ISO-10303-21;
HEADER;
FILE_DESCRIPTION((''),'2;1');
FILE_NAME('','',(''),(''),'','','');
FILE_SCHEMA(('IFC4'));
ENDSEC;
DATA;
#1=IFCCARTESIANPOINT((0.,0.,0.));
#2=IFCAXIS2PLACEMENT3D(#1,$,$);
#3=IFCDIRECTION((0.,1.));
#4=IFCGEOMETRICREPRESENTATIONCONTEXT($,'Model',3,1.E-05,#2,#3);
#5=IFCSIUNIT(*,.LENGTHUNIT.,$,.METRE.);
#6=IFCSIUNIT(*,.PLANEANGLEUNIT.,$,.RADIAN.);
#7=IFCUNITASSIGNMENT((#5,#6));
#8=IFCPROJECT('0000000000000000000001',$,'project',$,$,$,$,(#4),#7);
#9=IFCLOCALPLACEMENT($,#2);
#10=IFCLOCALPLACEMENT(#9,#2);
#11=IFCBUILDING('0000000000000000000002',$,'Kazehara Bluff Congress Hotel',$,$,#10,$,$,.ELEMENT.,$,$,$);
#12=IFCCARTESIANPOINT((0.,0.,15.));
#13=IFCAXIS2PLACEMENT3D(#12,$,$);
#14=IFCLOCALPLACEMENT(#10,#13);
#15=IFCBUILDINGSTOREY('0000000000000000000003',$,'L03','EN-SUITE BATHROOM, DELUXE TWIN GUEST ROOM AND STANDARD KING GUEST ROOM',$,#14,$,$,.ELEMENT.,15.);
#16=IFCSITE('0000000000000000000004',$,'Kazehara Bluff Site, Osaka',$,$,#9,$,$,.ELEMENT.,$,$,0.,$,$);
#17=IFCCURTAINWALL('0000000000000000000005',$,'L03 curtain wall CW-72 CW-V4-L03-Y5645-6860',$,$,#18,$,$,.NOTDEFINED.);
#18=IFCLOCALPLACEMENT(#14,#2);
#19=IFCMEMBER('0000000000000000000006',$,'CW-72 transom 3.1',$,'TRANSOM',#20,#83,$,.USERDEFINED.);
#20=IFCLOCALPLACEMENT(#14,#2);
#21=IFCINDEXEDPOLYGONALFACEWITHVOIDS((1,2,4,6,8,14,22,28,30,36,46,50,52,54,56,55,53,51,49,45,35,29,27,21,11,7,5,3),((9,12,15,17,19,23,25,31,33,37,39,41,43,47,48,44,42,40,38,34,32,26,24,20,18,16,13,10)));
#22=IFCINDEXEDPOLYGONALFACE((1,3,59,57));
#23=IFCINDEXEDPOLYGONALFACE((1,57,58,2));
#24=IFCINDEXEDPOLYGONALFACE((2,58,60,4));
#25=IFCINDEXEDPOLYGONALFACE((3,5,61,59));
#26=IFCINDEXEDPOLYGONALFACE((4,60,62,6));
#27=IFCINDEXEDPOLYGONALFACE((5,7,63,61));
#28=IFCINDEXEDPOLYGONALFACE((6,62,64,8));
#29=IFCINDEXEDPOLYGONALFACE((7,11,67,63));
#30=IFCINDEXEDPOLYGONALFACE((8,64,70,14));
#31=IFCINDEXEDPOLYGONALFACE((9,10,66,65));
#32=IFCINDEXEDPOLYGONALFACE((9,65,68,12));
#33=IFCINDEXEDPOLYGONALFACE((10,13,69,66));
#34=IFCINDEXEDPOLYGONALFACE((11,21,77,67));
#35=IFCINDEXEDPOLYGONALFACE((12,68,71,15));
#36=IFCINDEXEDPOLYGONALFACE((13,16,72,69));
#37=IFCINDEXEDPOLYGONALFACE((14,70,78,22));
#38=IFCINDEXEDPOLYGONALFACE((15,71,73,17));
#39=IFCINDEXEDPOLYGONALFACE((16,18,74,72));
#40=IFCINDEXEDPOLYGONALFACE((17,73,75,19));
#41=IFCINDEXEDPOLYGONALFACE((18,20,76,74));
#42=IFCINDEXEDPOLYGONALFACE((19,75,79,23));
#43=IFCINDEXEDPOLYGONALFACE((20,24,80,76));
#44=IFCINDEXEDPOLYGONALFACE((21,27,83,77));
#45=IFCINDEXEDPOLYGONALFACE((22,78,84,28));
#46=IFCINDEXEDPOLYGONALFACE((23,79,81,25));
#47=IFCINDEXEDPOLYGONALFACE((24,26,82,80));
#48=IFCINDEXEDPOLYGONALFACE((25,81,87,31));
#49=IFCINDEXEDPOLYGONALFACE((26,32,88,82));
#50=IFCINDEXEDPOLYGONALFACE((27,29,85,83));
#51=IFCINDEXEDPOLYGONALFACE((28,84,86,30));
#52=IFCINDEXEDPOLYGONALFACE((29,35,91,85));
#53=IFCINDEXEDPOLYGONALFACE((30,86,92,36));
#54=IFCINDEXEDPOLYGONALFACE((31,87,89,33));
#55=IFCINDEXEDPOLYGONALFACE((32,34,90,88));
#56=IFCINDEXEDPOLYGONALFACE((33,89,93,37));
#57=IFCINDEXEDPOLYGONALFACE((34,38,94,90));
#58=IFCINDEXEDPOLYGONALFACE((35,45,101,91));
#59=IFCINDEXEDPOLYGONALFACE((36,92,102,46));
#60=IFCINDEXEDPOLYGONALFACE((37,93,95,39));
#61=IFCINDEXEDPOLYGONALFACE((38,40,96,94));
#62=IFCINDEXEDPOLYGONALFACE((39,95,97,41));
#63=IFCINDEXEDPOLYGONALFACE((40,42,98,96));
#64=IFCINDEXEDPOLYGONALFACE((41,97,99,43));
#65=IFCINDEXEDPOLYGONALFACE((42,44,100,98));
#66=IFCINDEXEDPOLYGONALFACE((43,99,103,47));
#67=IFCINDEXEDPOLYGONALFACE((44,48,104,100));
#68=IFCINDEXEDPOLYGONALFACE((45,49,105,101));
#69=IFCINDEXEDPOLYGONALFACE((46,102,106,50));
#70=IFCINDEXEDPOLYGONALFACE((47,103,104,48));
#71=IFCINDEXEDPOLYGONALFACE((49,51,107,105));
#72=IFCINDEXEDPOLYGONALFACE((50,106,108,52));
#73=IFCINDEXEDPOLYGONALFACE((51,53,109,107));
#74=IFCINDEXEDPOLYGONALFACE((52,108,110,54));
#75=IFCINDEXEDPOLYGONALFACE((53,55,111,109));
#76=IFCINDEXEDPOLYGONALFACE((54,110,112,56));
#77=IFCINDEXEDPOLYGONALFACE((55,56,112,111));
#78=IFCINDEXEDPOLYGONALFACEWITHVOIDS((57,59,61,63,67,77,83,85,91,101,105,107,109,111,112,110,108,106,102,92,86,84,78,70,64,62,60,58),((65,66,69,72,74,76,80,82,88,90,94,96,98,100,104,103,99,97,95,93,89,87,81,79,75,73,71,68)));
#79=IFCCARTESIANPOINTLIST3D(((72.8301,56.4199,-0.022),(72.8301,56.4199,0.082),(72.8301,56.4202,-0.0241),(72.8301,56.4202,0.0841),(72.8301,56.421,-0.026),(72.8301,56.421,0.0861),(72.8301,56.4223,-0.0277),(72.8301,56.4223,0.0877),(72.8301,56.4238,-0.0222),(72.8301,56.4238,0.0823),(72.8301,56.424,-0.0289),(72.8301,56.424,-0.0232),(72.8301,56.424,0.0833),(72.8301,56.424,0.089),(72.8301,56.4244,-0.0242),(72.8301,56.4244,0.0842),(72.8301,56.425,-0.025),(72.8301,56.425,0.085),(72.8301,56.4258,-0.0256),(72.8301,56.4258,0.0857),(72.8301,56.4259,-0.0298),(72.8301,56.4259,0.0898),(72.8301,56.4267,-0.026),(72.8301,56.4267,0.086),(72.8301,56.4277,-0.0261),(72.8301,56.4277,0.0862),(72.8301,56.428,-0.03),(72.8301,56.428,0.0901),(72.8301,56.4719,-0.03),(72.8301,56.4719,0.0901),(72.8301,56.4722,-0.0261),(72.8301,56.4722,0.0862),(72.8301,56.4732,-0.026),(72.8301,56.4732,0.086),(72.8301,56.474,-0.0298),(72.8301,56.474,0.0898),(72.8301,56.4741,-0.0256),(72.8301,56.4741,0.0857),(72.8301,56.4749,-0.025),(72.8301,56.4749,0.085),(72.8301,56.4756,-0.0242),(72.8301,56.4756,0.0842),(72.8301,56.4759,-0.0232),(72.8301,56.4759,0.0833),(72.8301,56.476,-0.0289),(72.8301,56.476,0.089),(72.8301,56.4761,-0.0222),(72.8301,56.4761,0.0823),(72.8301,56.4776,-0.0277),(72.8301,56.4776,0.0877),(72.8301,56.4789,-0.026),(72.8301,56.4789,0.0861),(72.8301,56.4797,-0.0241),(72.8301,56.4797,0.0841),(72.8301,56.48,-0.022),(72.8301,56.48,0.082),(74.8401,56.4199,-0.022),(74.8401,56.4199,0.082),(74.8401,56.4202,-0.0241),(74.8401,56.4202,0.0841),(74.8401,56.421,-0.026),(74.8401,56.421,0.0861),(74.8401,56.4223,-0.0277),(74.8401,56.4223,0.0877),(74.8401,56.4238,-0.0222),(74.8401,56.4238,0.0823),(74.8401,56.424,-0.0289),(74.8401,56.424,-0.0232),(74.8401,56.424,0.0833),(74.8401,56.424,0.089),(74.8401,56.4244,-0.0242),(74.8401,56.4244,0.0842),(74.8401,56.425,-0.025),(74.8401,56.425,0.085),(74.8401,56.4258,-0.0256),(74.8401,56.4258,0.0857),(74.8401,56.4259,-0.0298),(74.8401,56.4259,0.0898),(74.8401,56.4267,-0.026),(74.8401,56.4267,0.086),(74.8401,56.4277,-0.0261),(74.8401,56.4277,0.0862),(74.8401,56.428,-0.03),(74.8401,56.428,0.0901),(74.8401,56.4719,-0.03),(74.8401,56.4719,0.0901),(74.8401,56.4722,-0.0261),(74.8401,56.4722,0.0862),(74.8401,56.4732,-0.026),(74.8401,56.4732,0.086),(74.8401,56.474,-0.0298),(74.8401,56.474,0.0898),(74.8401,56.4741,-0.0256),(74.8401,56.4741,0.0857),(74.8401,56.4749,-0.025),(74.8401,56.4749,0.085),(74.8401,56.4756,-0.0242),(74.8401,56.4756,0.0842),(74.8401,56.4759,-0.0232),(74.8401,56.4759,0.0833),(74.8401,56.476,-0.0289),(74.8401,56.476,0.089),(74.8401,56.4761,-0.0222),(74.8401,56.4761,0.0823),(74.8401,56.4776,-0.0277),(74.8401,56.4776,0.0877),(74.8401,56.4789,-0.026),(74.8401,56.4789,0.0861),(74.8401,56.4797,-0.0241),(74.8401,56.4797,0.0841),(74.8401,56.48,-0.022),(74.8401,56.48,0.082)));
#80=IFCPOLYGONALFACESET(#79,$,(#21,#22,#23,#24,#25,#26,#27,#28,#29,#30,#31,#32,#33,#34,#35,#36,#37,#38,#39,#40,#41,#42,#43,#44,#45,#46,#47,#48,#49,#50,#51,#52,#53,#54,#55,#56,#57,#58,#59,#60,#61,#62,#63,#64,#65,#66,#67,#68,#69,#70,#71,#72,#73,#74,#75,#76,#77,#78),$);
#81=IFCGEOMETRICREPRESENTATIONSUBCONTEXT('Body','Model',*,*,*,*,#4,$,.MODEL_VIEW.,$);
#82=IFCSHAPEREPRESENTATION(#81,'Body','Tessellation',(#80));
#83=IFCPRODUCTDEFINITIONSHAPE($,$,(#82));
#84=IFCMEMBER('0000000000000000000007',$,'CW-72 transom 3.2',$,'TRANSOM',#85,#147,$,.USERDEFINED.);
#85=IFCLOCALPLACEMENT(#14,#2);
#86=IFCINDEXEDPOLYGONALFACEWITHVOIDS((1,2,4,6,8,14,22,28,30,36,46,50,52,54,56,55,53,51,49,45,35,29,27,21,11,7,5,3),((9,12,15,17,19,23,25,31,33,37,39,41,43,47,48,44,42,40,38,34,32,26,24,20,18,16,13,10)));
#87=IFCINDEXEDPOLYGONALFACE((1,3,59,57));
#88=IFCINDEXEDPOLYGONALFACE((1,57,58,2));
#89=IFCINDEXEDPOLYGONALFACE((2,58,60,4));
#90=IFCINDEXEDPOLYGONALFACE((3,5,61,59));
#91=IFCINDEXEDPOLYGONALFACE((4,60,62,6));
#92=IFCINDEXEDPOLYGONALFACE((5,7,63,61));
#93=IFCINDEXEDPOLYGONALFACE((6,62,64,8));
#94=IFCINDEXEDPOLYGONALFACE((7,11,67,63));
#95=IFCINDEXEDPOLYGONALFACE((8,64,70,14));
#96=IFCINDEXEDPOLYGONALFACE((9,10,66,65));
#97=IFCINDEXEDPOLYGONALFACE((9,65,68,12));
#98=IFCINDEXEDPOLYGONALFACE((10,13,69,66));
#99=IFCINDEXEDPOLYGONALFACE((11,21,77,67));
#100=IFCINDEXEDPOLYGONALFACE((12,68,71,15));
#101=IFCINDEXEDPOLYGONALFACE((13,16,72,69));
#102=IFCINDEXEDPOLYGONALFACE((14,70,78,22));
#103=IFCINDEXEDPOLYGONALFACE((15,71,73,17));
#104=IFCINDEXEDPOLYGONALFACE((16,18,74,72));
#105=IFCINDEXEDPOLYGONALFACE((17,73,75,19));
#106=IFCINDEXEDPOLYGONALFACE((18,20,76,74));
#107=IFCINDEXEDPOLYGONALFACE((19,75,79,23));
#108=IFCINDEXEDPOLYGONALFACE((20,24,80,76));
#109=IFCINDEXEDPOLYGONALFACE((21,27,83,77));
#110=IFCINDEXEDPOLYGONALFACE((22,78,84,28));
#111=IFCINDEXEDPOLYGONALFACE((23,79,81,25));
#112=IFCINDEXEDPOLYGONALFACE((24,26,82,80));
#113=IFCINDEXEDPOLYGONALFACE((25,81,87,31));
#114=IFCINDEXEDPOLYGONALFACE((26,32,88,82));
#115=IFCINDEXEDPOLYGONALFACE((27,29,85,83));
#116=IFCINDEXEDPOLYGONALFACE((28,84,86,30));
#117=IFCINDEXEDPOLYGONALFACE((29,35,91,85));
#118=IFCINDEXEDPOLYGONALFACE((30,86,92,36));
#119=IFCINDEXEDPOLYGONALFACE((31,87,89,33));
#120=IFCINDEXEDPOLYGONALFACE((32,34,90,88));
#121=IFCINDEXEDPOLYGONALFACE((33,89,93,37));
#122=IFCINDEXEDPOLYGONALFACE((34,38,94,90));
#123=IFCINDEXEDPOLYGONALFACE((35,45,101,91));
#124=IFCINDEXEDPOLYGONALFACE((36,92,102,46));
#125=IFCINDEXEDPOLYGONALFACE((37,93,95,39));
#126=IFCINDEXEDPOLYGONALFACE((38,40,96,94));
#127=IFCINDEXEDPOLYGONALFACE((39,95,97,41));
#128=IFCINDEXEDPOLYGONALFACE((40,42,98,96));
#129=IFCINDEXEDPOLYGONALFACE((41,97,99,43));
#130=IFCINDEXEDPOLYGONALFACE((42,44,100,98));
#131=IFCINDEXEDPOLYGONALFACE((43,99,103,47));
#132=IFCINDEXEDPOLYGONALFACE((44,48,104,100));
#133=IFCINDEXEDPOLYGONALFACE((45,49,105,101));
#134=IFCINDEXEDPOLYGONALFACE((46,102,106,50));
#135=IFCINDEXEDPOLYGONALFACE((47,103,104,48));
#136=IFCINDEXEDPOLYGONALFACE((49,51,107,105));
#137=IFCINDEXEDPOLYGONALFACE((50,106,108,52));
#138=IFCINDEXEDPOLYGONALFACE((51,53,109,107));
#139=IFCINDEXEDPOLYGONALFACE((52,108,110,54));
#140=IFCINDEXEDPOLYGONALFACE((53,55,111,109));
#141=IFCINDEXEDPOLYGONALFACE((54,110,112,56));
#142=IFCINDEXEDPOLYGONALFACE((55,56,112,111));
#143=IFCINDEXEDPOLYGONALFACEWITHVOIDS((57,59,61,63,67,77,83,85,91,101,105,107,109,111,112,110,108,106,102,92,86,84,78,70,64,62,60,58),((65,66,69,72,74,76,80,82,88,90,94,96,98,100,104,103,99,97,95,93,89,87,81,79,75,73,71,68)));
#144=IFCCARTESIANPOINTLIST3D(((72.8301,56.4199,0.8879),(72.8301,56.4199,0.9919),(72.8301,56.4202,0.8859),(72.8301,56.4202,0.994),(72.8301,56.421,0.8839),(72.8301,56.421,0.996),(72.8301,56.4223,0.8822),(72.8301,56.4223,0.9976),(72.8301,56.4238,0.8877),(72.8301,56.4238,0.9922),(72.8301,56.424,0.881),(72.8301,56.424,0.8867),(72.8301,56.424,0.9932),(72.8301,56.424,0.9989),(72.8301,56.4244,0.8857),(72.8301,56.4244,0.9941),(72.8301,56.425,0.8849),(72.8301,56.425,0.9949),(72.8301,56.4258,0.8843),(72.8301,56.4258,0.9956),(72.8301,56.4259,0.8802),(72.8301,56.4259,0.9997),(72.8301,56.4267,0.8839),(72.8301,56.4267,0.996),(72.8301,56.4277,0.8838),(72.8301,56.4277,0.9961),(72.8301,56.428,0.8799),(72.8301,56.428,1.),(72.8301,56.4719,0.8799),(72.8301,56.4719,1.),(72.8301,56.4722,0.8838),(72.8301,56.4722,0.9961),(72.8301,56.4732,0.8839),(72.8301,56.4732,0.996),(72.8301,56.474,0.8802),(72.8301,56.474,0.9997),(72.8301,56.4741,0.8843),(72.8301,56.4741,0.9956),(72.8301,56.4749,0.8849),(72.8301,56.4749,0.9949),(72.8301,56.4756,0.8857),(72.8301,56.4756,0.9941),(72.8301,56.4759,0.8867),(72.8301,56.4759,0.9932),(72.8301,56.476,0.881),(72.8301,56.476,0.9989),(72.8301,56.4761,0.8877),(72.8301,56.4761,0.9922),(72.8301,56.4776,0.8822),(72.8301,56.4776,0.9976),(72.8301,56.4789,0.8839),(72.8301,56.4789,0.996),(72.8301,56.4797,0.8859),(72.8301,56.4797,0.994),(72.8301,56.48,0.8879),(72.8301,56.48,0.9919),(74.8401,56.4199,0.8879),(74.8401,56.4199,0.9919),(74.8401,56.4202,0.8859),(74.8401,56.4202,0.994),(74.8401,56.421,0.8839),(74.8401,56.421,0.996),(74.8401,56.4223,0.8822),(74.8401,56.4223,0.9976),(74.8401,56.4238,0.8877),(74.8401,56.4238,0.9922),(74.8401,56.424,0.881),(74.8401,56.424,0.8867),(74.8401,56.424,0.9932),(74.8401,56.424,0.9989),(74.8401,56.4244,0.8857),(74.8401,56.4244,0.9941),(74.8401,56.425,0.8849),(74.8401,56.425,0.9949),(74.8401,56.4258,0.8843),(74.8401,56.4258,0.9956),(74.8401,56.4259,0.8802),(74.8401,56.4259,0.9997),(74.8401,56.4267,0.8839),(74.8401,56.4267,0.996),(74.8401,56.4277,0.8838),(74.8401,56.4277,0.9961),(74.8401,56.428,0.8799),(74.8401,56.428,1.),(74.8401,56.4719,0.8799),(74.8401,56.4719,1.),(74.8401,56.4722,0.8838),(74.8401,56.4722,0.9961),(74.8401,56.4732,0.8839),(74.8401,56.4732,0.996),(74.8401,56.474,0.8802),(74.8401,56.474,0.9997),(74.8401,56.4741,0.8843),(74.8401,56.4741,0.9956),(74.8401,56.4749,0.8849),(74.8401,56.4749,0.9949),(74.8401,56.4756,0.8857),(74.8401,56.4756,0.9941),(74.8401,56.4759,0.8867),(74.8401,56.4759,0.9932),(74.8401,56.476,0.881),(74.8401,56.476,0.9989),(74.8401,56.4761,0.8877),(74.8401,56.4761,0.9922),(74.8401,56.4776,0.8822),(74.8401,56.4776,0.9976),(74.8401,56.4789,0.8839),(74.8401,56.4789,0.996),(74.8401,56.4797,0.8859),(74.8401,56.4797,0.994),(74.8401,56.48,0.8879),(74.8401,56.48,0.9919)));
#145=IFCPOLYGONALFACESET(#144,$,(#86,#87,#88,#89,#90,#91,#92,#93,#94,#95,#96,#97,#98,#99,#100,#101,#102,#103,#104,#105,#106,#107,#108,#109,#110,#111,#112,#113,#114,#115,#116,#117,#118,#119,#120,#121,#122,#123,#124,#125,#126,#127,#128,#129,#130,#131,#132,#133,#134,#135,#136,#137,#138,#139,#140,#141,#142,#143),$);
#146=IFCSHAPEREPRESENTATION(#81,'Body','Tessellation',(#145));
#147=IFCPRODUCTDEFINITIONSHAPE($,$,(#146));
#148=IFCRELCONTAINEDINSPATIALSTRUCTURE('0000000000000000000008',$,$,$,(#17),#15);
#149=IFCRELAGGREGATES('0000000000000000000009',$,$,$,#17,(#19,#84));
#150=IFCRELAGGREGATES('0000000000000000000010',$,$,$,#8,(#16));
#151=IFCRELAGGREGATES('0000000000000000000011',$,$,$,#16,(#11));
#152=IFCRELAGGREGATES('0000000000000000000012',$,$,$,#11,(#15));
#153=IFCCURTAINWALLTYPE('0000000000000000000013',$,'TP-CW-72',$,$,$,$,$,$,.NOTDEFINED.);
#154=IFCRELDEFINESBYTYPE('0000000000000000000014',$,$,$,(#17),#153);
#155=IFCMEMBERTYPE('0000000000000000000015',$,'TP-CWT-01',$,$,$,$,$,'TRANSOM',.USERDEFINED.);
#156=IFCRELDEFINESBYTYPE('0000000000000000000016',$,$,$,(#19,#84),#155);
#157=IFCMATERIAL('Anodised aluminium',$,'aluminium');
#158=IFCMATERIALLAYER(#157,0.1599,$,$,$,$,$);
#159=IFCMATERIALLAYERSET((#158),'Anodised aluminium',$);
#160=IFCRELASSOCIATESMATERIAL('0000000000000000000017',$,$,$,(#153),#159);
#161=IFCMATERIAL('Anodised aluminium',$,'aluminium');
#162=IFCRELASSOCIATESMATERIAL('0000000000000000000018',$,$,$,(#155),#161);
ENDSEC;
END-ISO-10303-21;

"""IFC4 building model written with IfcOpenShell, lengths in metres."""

from ifc_helpers import new_model, si_unit, direction, frame, origin, origin_2d, place, context, subcontext, project, spatial, hollow_rectangle, extrude, material, layer, layer_set, material_profile, profile_set, type_object, element, aggregate, save


model = new_model("IFC4")

# Units and contexts
model_context = context("Model", 3, precision=1e-05, world=origin(), true_north=direction((0.0, 1.0)))
body_context = subcontext(model_context, "Body", "Model", "MODEL_VIEW")
ifc_project = project(units=[si_unit("LENGTHUNIT", "METRE"), si_unit("PLANEANGLEUNIT", "RADIAN")], contexts=[model_context])

# Site, building, storey
site_placement = place(None, origin())
site = spatial("IfcSite", under=ifc_project, at=site_placement, Name="Kazehara Bluff Site, Osaka", CompositionType="ELEMENT", RefElevation=0.0)
building_placement = place(site_placement, origin())
building = spatial("IfcBuilding", under=site, at=building_placement, Name="Kazehara Bluff Congress Hotel", CompositionType="ELEMENT")
storey_placement = place(building_placement, frame((0.0, 0.0, 15.0)))
storey = spatial("IfcBuildingStorey", under=building, at=storey_placement, Name="L03", Description="EN-SUITE BATHROOM, DELUXE TWIN GUEST ROOM AND STANDARD KING GUEST ROOM", CompositionType="ELEMENT", Elevation=15.0)

# Curtain wall
ifc_material_1 = material(Name="Anodised aluminium", Category="aluminium")
ifc_layer_1 = layer(ifc_material_1, 0.1599)
ifc_layer_set_1 = layer_set([ifc_layer_1], Name="Anodised aluminium")
curtain_wall_type_1 = type_object("IfcCurtainWallType", Name="TP-CW-72", PredefinedType="NOTDEFINED", material=ifc_layer_set_1)
curtain_wall_1_placement = place(storey_placement, origin())
curtain_wall_1 = element("IfcCurtainWall", 1, at=curtain_wall_1_placement, inside=storey, type_object=curtain_wall_type_1, Name="L03 curtain wall CW-72 CW-V4-L03-Y5645-6860", PredefinedType="NOTDEFINED")

# Members
ifc_material_2 = material(Name="Anodised aluminium", Category="aluminium")
ifc_material_profile_1 = material_profile(ifc_material_2, hollow_rectangle(XDim=0.0601, YDim=0.1201, WallThickness=0.0039, InnerFilletRadius=0.0039, OuterFilletRadius=0.0081, at=origin_2d()))
ifc_profile_set_1 = profile_set([ifc_material_profile_1], Name="Anodised aluminium")
member_type_1 = type_object("IfcMemberType", Name="TP-CWT-01", ElementType="TRANSOM", PredefinedType="USERDEFINED", material=ifc_profile_set_1)
member_1_placement = place(storey_placement, frame((72.8301, 56.45, 0.03), z_axis=(1.0, 0.0, 0.0), x_axis=(0.0, 1.0, 0.0)))
member_1 = element("IfcMember", 2, at=member_1_placement, type_object=member_type_1, Name="CW-72 transom 3.1", ObjectType="TRANSOM", PredefinedType="USERDEFINED", context=body_context, shape_type="SweptSolid", body=[
    extrude(hollow_rectangle(XDim=0.0601, YDim=0.1201, WallThickness=0.0039, InnerFilletRadius=0.0039, OuterFilletRadius=0.0081, at=origin_2d()), origin(), (0.0, 0.0, 1.0), 2.01),
])
member_2_placement = place(storey_placement, frame((72.8301, 56.45, 0.9399), z_axis=(1.0, 0.0, 0.0), x_axis=(0.0, 1.0, 0.0)))
member_2 = element("IfcMember", 3, at=member_2_placement, type_object=member_type_1, Name="CW-72 transom 3.2", ObjectType="TRANSOM", PredefinedType="USERDEFINED", context=body_context, shape_type="SweptSolid", body=[
    extrude(hollow_rectangle(XDim=0.0601, YDim=0.1201, WallThickness=0.0039, InnerFilletRadius=0.0039, OuterFilletRadius=0.0081, at=origin_2d()), origin(), (0.0, 0.0, 1.0), 2.01),
])

aggregate(curtain_wall_1, [member_1, member_2])

save(model, "model.ifc")
